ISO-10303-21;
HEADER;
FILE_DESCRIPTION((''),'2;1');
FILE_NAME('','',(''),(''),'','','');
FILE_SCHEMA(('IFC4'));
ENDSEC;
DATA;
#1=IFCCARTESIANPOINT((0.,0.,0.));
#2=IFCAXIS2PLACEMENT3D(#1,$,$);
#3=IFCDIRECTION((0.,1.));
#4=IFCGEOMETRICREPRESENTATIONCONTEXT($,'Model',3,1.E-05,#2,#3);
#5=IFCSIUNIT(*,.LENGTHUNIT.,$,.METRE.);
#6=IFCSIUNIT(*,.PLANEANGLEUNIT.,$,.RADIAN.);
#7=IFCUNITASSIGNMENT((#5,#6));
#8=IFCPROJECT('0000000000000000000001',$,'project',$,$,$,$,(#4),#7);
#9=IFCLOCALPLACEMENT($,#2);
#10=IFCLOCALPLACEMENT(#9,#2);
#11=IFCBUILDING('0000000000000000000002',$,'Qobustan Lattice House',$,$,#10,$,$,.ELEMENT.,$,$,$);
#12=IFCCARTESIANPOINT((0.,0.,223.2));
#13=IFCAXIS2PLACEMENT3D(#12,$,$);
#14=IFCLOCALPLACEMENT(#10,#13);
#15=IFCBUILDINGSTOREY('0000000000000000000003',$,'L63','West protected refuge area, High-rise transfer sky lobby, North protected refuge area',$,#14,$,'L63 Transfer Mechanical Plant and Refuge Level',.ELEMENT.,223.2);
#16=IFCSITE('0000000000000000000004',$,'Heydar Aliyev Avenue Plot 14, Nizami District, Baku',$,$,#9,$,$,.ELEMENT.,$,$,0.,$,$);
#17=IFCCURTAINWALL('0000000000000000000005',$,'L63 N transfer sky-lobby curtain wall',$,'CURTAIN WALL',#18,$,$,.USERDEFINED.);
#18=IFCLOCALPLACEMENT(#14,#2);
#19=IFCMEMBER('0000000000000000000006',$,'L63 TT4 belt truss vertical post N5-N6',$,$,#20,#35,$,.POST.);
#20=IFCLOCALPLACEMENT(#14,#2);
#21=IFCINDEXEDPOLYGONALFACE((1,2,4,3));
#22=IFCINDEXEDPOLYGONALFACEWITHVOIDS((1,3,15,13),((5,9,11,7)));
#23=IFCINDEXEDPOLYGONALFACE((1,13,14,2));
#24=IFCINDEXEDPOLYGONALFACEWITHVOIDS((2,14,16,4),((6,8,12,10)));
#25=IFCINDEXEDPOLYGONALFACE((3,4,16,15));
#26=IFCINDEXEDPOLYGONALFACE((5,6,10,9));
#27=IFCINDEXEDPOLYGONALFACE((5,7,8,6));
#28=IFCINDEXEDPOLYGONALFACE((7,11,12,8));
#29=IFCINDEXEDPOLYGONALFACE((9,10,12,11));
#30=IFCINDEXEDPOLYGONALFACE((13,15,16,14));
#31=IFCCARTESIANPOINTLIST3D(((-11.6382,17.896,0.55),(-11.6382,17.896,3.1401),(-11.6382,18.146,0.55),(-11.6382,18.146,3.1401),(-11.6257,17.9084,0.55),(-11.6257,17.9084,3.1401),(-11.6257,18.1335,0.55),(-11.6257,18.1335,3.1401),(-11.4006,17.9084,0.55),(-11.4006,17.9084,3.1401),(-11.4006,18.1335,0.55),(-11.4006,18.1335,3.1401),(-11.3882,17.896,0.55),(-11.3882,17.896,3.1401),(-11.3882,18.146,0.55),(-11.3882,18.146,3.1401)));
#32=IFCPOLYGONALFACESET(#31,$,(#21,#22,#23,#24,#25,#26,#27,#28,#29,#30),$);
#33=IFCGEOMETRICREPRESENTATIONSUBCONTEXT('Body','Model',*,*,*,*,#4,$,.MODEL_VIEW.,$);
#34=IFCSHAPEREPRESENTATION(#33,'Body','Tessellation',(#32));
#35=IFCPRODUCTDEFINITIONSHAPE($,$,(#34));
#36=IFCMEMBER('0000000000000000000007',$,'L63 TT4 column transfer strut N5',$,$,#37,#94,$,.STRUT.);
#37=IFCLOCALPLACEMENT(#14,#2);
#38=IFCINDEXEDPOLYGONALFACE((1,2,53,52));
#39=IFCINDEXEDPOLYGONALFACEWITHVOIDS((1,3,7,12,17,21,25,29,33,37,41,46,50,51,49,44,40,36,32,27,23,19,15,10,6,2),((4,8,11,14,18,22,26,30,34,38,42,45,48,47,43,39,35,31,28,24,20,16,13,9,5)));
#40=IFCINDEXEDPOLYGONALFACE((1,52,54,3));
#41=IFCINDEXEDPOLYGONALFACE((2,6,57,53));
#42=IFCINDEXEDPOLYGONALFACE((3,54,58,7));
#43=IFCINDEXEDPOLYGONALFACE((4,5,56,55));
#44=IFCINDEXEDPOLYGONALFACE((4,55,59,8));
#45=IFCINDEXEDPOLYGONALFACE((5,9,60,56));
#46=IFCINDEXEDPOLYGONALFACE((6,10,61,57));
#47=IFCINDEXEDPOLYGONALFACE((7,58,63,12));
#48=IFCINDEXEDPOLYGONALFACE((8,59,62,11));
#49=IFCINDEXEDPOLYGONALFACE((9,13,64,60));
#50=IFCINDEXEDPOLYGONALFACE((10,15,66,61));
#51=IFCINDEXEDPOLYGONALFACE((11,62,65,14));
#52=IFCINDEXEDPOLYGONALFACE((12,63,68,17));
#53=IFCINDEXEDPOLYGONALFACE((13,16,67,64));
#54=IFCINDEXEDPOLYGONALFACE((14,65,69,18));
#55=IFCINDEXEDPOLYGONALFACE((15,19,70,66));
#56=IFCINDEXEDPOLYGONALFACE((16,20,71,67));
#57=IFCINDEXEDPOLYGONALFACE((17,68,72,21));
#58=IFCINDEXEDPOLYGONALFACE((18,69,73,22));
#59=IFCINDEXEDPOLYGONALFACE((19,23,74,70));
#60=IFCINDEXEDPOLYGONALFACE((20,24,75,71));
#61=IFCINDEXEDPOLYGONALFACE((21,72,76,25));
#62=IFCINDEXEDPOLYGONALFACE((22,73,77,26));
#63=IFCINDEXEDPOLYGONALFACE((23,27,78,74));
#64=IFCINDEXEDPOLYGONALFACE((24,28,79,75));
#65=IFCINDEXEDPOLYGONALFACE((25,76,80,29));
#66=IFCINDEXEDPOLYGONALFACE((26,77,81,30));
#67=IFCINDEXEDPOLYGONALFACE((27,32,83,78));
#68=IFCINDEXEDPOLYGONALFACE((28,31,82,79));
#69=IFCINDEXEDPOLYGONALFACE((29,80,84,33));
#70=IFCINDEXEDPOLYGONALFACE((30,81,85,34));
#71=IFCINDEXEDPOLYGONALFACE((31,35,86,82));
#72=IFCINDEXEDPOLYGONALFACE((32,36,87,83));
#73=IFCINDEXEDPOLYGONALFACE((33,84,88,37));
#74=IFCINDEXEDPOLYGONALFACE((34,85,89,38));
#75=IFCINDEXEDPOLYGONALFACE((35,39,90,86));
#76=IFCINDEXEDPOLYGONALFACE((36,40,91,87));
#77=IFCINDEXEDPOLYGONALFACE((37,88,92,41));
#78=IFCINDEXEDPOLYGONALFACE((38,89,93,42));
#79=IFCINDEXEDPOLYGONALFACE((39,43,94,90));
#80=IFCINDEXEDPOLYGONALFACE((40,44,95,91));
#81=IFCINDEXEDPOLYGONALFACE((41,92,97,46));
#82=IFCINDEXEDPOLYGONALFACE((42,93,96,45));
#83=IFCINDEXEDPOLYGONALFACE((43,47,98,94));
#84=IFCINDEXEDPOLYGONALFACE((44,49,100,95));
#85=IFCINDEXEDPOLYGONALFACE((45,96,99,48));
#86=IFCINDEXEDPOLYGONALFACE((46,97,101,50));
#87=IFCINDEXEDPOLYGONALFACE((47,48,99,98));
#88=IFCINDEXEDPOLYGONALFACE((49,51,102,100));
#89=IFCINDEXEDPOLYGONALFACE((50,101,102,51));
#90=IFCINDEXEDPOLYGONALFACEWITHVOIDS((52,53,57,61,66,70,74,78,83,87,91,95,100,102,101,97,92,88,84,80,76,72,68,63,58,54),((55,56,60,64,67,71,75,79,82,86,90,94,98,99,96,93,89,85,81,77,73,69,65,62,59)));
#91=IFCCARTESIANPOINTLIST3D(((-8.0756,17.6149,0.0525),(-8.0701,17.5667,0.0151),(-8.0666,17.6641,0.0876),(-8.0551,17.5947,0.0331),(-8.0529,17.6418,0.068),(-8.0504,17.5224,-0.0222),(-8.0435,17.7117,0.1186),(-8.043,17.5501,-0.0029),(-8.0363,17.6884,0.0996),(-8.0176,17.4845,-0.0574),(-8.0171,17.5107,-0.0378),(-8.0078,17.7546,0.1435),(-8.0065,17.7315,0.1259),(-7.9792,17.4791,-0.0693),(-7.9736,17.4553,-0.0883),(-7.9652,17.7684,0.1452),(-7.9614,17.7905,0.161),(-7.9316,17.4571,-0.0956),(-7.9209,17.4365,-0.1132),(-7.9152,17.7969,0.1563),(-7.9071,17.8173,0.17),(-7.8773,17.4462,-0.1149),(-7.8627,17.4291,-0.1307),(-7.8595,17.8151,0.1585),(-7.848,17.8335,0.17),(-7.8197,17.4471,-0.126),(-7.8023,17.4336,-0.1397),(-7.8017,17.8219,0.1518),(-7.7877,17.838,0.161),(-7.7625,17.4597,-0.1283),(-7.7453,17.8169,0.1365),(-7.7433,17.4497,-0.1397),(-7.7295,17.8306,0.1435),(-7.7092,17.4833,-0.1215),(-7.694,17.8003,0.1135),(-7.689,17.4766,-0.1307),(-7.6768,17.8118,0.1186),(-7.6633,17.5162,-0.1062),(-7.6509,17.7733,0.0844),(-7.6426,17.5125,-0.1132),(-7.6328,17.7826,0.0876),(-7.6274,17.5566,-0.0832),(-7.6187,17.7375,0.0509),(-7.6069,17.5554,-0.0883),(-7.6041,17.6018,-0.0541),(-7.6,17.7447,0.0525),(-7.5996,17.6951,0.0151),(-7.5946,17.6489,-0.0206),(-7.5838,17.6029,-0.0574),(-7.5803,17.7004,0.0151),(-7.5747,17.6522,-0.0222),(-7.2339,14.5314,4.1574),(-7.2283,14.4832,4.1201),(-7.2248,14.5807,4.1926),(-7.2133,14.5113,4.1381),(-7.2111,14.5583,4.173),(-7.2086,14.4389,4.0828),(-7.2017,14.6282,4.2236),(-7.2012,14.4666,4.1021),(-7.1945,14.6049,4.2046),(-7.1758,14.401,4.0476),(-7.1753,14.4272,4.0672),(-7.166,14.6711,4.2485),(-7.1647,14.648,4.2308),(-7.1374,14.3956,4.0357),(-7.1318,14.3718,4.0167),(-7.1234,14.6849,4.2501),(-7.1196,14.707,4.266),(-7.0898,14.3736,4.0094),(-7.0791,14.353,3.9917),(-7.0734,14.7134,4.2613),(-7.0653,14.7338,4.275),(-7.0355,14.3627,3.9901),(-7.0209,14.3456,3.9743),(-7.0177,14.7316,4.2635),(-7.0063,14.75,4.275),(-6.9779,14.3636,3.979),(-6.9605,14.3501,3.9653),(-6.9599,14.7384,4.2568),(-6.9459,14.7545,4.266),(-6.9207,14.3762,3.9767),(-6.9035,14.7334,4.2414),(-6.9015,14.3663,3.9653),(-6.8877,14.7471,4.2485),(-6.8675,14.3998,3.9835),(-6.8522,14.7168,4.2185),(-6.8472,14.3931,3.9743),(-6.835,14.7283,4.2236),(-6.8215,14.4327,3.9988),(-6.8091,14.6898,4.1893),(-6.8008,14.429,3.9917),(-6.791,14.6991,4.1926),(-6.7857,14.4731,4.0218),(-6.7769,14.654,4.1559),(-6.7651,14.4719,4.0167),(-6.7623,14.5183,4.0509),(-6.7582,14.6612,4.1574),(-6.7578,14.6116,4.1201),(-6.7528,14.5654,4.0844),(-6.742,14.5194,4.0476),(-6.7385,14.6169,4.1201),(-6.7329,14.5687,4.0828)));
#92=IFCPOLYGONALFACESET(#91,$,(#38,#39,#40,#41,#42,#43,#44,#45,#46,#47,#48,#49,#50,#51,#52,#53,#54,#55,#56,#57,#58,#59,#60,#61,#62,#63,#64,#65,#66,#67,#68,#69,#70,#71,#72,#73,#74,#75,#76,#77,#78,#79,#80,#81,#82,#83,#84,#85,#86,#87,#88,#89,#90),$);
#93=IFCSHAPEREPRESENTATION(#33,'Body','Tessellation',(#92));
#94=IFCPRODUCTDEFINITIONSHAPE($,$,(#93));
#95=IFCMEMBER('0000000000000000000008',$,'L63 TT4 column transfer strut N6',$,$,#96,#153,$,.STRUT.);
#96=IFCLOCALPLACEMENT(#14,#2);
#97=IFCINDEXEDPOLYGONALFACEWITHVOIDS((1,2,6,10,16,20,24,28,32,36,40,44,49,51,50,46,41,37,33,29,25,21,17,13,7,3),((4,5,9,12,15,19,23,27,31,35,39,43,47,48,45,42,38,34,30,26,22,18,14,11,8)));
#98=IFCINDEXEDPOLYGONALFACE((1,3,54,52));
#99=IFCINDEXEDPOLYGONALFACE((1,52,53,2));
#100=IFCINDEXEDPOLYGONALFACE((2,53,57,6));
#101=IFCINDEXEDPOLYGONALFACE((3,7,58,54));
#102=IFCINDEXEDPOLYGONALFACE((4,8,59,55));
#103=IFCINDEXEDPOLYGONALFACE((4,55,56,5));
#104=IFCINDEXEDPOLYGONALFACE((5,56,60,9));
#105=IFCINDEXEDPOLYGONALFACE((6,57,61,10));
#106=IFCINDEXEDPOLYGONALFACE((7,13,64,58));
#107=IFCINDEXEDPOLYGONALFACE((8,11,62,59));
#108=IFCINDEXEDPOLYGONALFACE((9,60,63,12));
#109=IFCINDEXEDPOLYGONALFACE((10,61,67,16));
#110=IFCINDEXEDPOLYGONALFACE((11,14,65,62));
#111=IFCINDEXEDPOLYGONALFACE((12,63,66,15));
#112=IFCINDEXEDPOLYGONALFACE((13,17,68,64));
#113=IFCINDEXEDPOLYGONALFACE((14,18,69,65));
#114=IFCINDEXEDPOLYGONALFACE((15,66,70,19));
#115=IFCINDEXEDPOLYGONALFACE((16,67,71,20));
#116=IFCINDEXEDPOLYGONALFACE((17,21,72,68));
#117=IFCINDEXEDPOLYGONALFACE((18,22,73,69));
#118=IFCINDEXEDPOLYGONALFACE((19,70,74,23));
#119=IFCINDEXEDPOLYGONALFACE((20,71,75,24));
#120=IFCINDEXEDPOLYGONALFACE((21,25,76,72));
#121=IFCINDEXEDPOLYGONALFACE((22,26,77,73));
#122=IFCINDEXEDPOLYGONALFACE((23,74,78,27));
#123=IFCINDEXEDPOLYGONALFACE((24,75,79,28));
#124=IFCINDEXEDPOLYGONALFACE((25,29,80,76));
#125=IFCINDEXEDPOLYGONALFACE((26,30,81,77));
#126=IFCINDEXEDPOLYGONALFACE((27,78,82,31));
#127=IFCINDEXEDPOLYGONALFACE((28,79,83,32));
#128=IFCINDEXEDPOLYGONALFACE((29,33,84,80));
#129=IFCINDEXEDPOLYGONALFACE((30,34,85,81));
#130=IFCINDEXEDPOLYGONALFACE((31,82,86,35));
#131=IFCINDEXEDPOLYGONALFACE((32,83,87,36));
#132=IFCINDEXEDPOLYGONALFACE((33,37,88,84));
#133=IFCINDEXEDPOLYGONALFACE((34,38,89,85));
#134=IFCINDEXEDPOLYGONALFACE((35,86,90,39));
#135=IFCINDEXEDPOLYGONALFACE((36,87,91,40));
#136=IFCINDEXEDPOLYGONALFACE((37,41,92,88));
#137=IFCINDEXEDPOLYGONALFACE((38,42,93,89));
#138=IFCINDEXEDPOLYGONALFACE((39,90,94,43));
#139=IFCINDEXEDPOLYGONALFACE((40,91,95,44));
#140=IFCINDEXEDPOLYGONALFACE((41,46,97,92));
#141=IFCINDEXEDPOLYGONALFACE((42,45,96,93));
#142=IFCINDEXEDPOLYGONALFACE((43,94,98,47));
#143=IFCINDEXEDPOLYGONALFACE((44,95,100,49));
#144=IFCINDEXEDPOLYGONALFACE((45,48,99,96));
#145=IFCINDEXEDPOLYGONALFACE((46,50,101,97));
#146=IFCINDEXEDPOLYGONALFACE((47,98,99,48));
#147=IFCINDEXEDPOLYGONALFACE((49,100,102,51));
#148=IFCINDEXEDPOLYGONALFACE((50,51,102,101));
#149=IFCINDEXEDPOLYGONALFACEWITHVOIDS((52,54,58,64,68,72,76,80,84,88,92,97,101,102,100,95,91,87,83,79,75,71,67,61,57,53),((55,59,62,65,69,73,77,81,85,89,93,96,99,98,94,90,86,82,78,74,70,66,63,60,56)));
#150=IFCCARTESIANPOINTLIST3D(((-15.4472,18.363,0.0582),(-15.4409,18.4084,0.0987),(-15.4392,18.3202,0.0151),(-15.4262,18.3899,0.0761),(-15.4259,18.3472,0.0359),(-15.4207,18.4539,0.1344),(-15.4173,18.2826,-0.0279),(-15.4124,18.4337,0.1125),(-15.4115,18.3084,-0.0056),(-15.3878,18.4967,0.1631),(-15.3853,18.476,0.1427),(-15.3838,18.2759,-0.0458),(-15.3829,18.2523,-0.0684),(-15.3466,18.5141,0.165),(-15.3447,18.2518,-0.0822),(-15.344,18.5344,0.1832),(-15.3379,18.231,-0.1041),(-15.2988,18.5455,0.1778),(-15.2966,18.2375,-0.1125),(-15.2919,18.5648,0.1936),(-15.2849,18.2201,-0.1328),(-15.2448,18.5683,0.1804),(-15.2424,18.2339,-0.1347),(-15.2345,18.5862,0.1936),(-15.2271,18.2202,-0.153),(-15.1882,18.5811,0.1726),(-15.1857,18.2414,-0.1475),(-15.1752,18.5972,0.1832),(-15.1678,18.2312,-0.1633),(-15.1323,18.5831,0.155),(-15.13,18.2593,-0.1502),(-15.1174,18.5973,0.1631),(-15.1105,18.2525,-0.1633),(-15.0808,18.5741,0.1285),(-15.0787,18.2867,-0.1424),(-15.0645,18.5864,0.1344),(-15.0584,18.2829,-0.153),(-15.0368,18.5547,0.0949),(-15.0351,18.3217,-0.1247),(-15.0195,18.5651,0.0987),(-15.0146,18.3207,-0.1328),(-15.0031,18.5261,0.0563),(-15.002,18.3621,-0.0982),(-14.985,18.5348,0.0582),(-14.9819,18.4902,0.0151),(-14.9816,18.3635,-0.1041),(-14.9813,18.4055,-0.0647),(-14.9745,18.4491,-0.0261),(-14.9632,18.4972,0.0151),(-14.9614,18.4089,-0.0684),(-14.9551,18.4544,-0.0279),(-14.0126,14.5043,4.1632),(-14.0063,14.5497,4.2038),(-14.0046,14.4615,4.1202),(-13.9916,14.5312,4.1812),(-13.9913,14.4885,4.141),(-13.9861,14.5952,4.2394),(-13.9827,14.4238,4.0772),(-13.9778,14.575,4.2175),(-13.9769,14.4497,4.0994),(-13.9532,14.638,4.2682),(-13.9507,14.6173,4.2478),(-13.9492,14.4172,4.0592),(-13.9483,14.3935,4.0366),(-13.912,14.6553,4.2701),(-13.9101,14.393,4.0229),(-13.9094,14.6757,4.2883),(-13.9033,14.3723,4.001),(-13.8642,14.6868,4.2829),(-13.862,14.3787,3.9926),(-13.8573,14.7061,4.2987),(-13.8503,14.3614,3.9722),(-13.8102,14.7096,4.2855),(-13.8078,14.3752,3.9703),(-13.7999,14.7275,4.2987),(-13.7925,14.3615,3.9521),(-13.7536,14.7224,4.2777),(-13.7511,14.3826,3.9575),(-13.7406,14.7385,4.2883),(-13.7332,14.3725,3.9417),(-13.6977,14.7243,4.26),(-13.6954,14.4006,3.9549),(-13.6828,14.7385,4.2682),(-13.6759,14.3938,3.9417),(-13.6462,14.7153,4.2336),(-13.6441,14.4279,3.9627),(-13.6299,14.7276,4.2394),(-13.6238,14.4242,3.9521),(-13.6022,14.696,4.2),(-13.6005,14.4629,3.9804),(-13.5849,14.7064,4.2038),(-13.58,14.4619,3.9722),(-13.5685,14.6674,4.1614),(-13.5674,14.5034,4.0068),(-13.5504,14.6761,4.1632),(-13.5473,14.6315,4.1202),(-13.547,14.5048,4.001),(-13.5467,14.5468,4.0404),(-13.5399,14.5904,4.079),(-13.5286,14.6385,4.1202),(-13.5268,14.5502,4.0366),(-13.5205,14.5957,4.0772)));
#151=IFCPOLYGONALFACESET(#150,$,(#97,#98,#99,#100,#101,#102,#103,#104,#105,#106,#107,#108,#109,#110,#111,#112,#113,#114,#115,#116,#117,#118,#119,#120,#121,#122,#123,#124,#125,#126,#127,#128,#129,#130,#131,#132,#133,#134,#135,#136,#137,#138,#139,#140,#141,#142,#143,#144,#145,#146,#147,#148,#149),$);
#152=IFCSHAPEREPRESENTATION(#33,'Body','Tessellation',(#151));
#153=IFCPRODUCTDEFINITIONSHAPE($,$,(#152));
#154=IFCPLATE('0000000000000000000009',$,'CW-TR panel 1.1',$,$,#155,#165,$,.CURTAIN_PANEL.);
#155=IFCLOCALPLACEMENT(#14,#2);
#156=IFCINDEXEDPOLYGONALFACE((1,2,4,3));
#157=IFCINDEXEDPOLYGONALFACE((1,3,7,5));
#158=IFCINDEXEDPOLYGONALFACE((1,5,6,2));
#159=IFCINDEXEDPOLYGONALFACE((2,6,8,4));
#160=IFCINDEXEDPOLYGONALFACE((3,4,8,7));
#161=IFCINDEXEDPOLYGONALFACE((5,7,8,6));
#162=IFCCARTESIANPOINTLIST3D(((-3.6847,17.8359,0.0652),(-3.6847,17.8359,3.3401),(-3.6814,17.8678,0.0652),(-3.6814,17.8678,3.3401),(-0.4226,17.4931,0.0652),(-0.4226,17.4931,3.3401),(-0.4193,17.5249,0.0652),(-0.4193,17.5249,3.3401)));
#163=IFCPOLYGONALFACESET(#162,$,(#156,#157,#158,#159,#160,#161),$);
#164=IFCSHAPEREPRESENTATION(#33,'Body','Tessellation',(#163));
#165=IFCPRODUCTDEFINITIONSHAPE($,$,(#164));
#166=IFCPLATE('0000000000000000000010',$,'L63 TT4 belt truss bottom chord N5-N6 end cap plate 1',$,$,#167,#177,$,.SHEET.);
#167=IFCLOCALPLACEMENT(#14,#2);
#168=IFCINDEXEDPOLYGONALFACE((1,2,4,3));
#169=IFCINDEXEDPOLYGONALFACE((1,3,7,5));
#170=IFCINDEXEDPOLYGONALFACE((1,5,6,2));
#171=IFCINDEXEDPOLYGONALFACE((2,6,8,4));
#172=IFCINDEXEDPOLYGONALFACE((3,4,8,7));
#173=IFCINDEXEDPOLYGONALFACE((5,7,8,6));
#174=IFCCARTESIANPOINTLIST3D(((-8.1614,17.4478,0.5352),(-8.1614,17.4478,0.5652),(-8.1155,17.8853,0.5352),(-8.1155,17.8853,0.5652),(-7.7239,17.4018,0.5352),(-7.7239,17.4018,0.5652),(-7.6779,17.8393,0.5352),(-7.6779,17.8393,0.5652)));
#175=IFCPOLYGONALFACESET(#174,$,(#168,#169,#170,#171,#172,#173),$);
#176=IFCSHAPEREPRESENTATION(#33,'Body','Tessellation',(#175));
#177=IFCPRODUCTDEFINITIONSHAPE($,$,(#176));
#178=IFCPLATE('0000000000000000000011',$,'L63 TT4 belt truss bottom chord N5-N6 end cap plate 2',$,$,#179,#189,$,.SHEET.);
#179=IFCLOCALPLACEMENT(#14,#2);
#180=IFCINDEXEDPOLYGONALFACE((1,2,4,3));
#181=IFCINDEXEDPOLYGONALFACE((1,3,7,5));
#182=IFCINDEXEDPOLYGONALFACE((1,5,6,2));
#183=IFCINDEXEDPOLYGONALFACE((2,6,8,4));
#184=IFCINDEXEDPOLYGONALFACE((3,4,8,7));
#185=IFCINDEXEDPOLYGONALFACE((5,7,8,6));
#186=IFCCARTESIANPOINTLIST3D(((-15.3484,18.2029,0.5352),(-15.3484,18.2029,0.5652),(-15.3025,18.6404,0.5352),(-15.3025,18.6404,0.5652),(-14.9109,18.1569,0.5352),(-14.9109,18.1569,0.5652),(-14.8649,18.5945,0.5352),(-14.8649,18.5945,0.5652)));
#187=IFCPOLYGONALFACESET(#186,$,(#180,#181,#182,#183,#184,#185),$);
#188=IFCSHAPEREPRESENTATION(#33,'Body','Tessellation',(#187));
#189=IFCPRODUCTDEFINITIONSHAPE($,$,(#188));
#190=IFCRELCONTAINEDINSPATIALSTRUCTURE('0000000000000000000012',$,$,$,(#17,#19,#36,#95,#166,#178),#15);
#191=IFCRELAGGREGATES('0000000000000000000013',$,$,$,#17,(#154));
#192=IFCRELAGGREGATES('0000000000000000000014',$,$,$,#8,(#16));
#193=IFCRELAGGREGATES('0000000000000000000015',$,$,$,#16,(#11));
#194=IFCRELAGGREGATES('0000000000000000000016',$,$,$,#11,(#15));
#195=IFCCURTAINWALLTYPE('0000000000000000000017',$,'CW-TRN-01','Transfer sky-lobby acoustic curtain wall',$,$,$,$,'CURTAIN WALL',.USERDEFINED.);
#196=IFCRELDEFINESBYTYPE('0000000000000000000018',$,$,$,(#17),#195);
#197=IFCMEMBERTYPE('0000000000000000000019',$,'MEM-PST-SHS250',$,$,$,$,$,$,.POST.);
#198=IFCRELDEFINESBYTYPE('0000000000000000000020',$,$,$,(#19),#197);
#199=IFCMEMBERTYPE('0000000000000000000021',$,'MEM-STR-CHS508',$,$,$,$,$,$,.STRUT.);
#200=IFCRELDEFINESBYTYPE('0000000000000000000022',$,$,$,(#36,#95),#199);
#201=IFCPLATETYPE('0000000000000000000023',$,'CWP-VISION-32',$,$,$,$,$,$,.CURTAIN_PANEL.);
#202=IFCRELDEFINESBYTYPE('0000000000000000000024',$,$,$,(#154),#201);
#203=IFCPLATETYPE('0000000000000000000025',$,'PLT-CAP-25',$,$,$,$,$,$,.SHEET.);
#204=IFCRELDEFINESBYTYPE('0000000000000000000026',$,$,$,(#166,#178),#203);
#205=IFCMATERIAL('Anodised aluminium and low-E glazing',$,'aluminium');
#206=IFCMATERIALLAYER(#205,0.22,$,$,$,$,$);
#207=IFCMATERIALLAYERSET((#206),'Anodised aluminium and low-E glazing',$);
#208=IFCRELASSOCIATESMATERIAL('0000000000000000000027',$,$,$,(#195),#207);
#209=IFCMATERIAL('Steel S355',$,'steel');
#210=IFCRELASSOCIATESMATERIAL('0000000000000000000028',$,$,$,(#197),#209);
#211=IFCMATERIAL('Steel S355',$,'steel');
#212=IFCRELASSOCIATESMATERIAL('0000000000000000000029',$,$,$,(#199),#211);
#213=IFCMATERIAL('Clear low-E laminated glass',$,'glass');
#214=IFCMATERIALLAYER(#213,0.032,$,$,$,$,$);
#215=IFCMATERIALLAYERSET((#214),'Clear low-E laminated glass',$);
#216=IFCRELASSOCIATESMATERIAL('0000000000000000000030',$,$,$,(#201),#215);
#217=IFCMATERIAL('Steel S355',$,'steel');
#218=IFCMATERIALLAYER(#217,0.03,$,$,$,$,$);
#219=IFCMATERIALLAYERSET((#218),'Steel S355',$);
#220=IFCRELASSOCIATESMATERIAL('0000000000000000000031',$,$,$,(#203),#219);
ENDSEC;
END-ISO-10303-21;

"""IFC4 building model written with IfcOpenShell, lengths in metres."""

from ifc_helpers import new_model, si_unit, direction, frame, origin, origin_2d, place, context, subcontext, project, spatial, rectangle, hollow_rectangle, hollow_circle, extrude, material, layer, layer_set, material_profile, profile_set, type_object, element, aggregate, save


model = new_model("IFC4")

# Units and contexts
model_context = context("Model", 3, precision=1e-05, world=origin(), true_north=direction((0.0, 1.0)))
body_context = subcontext(model_context, "Body", "Model", "MODEL_VIEW")
ifc_project = project(units=[si_unit("LENGTHUNIT", "METRE"), si_unit("PLANEANGLEUNIT", "RADIAN")], contexts=[model_context])

# Site, building, storey
site_placement = place(None, origin())
site = spatial("IfcSite", under=ifc_project, at=site_placement, Name="Heydar Aliyev Avenue Plot 14, Nizami District, Baku", CompositionType="ELEMENT", RefElevation=0.0)
building_placement = place(site_placement, origin())
building = spatial("IfcBuilding", under=site, at=building_placement, Name="Qobustan Lattice House", CompositionType="ELEMENT")
storey_placement = place(building_placement, frame((0.0, 0.0, 223.2)))
storey = spatial("IfcBuildingStorey", under=building, at=storey_placement, Name="L63", Description="West protected refuge area, High-rise transfer sky lobby, North protected refuge area", LongName="L63 Transfer Mechanical Plant and Refuge Level", CompositionType="ELEMENT", Elevation=223.2)

# Curtain wall
ifc_material_1 = material(Name="Anodised aluminium and low-E glazing", Category="aluminium")
ifc_layer_1 = layer(ifc_material_1, 0.22)
ifc_layer_set_1 = layer_set([ifc_layer_1], Name="Anodised aluminium and low-E glazing")
curtain_wall_type = type_object("IfcCurtainWallType", Name="CW-TRN-01", Description="Transfer sky-lobby acoustic curtain wall", ElementType="CURTAIN WALL", PredefinedType="USERDEFINED", material=ifc_layer_set_1)
curtain_wall_placement = place(storey_placement, origin())
curtain_wall = element("IfcCurtainWall", 1, at=curtain_wall_placement, inside=storey, type_object=curtain_wall_type, Name="L63 N transfer sky-lobby curtain wall", ObjectType="CURTAIN WALL", PredefinedType="USERDEFINED")

# Members
ifc_material_2 = material(Name="Steel S355", Category="steel")
ifc_material_profile_1 = material_profile(ifc_material_2, hollow_rectangle(XDim=0.25, YDim=0.25, WallThickness=0.0125, at=origin_2d()), Name="SHS250x250x12.5")
ifc_profile_set_1 = profile_set([ifc_material_profile_1], Name="Steel S355")
member_type_1 = type_object("IfcMemberType", Name="MEM-PST-SHS250", PredefinedType="POST", material=ifc_profile_set_1)
member_1_placement = place(storey_placement, frame((-11.5132, 18.021, 0.55), z_axis=(0.0, 0.0, 1.0), x_axis=(1.0, 0.0, 0.0)))
element("IfcMember", 2, at=member_1_placement, inside=storey, type_object=member_type_1, Name="L63 TT4 belt truss vertical post N5-N6", PredefinedType="POST", context=body_context, shape_type="SweptSolid", body=[
    extrude(hollow_rectangle(XDim=0.25, YDim=0.25, WallThickness=0.0125, at=origin_2d()), origin(), (0.0, 0.0, 1.0), 2.5901),
])
ifc_material_3 = material(Name="Steel S355", Category="steel")
ifc_material_profile_2 = material_profile(ifc_material_3, hollow_circle(Radius=0.2539, WallThickness=0.02, at=origin_2d()), Name="CHS508x20")
ifc_profile_set_2 = profile_set([ifc_material_profile_2], Name="Steel S355")
member_type_2 = type_object("IfcMemberType", Name="MEM-STR-CHS508", PredefinedType="STRUT", material=ifc_profile_set_2)
member_2_placement = place(storey_placement, frame((-7.8252, 17.6335, 0.0151), z_axis=(0.161802, -0.592679, 0.789019), x_axis=(0.964697, 0.263363, 0.0)))
element("IfcMember", 3, at=member_2_placement, inside=storey, type_object=member_type_2, Name="L63 TT4 column transfer strut N5", PredefinedType="STRUT", context=body_context, shape_type="SweptSolid", body=[
    extrude(hollow_circle(Radius=0.2539, WallThickness=0.02, at=origin_2d()), origin(), (0.0, 0.0, 1.0), 5.2026),
])
member_3_placement = place(storey_placement, frame((-15.2012, 18.4087, 0.0151), z_axis=(0.246761, -0.663727, 0.706099), x_axis=(0.937317, 0.348477, 0.0)))
element("IfcMember", 4, at=member_3_placement, inside=storey, type_object=member_type_2, Name="L63 TT4 column transfer strut N6", PredefinedType="STRUT", context=body_context, shape_type="SweptSolid", body=[
    extrude(hollow_circle(Radius=0.2539, WallThickness=0.02, at=origin_2d()), origin(), (0.0, 0.0, 1.0), 5.8137),
])

# Plate
ifc_material_4 = material(Name="Clear low-E laminated glass", Category="glass")
ifc_layer_2 = layer(ifc_material_4, 0.032)
ifc_layer_set_2 = layer_set([ifc_layer_2], Name="Clear low-E laminated glass")
plate_type_1 = type_object("IfcPlateType", Name="CWP-VISION-32", PredefinedType="CURTAIN_PANEL", material=ifc_layer_set_2)
plate_1_placement = place(storey_placement, frame((-2.052, 17.6804, 0.0652), z_axis=(0.0, 0.0, 1.0), x_axis=(0.994522, -0.104529, 0.0)))
plate_1 = element("IfcPlate", 5, at=plate_1_placement, type_object=plate_type_1, Name="CW-TR panel 1.1", PredefinedType="CURTAIN_PANEL", context=body_context, shape_type="SweptSolid", body=[
    extrude(rectangle(XDim=3.28, YDim=0.032, at=origin_2d()), origin(), (0.0, 0.0, 1.0), 3.2749),
])
aggregate(curtain_wall, [plate_1])

# Plates
ifc_material_5 = material(Name="Steel S355", Category="steel")
ifc_layer_3 = layer(ifc_material_5, 0.03)
ifc_layer_set_3 = layer_set([ifc_layer_3], Name="Steel S355")
plate_type_2 = type_object("IfcPlateType", Name="PLT-CAP-25", PredefinedType="SHEET", material=ifc_layer_set_3)
for number, where, z_axis, x_axis, name in (
    (6, (-7.9197, 17.6436, 0.5352), (0.0, 0.0, 1.0), (-0.994524, 0.104511, 0.0), "L63 TT4 belt truss bottom chord N5-N6 end cap plate 1"),
    (7, (-15.1067, 18.3987, 0.5352), (0.0, 0.0, 1.0), (-0.994524, 0.104511, 0.0), "L63 TT4 belt truss bottom chord N5-N6 end cap plate 2"),
):
    element("IfcPlate", number, at=place(storey_placement, frame(where, z_axis=z_axis, x_axis=x_axis)), inside=storey, type_object=plate_type_2, Name=name, PredefinedType="SHEET", context=body_context, shape_type="SweptSolid", body=[
        extrude(rectangle(XDim=0.4399, YDim=0.4399, at=origin_2d()), origin(), (0.0, 0.0, 1.0), 0.03),
    ])

save(model, "model.ifc")
